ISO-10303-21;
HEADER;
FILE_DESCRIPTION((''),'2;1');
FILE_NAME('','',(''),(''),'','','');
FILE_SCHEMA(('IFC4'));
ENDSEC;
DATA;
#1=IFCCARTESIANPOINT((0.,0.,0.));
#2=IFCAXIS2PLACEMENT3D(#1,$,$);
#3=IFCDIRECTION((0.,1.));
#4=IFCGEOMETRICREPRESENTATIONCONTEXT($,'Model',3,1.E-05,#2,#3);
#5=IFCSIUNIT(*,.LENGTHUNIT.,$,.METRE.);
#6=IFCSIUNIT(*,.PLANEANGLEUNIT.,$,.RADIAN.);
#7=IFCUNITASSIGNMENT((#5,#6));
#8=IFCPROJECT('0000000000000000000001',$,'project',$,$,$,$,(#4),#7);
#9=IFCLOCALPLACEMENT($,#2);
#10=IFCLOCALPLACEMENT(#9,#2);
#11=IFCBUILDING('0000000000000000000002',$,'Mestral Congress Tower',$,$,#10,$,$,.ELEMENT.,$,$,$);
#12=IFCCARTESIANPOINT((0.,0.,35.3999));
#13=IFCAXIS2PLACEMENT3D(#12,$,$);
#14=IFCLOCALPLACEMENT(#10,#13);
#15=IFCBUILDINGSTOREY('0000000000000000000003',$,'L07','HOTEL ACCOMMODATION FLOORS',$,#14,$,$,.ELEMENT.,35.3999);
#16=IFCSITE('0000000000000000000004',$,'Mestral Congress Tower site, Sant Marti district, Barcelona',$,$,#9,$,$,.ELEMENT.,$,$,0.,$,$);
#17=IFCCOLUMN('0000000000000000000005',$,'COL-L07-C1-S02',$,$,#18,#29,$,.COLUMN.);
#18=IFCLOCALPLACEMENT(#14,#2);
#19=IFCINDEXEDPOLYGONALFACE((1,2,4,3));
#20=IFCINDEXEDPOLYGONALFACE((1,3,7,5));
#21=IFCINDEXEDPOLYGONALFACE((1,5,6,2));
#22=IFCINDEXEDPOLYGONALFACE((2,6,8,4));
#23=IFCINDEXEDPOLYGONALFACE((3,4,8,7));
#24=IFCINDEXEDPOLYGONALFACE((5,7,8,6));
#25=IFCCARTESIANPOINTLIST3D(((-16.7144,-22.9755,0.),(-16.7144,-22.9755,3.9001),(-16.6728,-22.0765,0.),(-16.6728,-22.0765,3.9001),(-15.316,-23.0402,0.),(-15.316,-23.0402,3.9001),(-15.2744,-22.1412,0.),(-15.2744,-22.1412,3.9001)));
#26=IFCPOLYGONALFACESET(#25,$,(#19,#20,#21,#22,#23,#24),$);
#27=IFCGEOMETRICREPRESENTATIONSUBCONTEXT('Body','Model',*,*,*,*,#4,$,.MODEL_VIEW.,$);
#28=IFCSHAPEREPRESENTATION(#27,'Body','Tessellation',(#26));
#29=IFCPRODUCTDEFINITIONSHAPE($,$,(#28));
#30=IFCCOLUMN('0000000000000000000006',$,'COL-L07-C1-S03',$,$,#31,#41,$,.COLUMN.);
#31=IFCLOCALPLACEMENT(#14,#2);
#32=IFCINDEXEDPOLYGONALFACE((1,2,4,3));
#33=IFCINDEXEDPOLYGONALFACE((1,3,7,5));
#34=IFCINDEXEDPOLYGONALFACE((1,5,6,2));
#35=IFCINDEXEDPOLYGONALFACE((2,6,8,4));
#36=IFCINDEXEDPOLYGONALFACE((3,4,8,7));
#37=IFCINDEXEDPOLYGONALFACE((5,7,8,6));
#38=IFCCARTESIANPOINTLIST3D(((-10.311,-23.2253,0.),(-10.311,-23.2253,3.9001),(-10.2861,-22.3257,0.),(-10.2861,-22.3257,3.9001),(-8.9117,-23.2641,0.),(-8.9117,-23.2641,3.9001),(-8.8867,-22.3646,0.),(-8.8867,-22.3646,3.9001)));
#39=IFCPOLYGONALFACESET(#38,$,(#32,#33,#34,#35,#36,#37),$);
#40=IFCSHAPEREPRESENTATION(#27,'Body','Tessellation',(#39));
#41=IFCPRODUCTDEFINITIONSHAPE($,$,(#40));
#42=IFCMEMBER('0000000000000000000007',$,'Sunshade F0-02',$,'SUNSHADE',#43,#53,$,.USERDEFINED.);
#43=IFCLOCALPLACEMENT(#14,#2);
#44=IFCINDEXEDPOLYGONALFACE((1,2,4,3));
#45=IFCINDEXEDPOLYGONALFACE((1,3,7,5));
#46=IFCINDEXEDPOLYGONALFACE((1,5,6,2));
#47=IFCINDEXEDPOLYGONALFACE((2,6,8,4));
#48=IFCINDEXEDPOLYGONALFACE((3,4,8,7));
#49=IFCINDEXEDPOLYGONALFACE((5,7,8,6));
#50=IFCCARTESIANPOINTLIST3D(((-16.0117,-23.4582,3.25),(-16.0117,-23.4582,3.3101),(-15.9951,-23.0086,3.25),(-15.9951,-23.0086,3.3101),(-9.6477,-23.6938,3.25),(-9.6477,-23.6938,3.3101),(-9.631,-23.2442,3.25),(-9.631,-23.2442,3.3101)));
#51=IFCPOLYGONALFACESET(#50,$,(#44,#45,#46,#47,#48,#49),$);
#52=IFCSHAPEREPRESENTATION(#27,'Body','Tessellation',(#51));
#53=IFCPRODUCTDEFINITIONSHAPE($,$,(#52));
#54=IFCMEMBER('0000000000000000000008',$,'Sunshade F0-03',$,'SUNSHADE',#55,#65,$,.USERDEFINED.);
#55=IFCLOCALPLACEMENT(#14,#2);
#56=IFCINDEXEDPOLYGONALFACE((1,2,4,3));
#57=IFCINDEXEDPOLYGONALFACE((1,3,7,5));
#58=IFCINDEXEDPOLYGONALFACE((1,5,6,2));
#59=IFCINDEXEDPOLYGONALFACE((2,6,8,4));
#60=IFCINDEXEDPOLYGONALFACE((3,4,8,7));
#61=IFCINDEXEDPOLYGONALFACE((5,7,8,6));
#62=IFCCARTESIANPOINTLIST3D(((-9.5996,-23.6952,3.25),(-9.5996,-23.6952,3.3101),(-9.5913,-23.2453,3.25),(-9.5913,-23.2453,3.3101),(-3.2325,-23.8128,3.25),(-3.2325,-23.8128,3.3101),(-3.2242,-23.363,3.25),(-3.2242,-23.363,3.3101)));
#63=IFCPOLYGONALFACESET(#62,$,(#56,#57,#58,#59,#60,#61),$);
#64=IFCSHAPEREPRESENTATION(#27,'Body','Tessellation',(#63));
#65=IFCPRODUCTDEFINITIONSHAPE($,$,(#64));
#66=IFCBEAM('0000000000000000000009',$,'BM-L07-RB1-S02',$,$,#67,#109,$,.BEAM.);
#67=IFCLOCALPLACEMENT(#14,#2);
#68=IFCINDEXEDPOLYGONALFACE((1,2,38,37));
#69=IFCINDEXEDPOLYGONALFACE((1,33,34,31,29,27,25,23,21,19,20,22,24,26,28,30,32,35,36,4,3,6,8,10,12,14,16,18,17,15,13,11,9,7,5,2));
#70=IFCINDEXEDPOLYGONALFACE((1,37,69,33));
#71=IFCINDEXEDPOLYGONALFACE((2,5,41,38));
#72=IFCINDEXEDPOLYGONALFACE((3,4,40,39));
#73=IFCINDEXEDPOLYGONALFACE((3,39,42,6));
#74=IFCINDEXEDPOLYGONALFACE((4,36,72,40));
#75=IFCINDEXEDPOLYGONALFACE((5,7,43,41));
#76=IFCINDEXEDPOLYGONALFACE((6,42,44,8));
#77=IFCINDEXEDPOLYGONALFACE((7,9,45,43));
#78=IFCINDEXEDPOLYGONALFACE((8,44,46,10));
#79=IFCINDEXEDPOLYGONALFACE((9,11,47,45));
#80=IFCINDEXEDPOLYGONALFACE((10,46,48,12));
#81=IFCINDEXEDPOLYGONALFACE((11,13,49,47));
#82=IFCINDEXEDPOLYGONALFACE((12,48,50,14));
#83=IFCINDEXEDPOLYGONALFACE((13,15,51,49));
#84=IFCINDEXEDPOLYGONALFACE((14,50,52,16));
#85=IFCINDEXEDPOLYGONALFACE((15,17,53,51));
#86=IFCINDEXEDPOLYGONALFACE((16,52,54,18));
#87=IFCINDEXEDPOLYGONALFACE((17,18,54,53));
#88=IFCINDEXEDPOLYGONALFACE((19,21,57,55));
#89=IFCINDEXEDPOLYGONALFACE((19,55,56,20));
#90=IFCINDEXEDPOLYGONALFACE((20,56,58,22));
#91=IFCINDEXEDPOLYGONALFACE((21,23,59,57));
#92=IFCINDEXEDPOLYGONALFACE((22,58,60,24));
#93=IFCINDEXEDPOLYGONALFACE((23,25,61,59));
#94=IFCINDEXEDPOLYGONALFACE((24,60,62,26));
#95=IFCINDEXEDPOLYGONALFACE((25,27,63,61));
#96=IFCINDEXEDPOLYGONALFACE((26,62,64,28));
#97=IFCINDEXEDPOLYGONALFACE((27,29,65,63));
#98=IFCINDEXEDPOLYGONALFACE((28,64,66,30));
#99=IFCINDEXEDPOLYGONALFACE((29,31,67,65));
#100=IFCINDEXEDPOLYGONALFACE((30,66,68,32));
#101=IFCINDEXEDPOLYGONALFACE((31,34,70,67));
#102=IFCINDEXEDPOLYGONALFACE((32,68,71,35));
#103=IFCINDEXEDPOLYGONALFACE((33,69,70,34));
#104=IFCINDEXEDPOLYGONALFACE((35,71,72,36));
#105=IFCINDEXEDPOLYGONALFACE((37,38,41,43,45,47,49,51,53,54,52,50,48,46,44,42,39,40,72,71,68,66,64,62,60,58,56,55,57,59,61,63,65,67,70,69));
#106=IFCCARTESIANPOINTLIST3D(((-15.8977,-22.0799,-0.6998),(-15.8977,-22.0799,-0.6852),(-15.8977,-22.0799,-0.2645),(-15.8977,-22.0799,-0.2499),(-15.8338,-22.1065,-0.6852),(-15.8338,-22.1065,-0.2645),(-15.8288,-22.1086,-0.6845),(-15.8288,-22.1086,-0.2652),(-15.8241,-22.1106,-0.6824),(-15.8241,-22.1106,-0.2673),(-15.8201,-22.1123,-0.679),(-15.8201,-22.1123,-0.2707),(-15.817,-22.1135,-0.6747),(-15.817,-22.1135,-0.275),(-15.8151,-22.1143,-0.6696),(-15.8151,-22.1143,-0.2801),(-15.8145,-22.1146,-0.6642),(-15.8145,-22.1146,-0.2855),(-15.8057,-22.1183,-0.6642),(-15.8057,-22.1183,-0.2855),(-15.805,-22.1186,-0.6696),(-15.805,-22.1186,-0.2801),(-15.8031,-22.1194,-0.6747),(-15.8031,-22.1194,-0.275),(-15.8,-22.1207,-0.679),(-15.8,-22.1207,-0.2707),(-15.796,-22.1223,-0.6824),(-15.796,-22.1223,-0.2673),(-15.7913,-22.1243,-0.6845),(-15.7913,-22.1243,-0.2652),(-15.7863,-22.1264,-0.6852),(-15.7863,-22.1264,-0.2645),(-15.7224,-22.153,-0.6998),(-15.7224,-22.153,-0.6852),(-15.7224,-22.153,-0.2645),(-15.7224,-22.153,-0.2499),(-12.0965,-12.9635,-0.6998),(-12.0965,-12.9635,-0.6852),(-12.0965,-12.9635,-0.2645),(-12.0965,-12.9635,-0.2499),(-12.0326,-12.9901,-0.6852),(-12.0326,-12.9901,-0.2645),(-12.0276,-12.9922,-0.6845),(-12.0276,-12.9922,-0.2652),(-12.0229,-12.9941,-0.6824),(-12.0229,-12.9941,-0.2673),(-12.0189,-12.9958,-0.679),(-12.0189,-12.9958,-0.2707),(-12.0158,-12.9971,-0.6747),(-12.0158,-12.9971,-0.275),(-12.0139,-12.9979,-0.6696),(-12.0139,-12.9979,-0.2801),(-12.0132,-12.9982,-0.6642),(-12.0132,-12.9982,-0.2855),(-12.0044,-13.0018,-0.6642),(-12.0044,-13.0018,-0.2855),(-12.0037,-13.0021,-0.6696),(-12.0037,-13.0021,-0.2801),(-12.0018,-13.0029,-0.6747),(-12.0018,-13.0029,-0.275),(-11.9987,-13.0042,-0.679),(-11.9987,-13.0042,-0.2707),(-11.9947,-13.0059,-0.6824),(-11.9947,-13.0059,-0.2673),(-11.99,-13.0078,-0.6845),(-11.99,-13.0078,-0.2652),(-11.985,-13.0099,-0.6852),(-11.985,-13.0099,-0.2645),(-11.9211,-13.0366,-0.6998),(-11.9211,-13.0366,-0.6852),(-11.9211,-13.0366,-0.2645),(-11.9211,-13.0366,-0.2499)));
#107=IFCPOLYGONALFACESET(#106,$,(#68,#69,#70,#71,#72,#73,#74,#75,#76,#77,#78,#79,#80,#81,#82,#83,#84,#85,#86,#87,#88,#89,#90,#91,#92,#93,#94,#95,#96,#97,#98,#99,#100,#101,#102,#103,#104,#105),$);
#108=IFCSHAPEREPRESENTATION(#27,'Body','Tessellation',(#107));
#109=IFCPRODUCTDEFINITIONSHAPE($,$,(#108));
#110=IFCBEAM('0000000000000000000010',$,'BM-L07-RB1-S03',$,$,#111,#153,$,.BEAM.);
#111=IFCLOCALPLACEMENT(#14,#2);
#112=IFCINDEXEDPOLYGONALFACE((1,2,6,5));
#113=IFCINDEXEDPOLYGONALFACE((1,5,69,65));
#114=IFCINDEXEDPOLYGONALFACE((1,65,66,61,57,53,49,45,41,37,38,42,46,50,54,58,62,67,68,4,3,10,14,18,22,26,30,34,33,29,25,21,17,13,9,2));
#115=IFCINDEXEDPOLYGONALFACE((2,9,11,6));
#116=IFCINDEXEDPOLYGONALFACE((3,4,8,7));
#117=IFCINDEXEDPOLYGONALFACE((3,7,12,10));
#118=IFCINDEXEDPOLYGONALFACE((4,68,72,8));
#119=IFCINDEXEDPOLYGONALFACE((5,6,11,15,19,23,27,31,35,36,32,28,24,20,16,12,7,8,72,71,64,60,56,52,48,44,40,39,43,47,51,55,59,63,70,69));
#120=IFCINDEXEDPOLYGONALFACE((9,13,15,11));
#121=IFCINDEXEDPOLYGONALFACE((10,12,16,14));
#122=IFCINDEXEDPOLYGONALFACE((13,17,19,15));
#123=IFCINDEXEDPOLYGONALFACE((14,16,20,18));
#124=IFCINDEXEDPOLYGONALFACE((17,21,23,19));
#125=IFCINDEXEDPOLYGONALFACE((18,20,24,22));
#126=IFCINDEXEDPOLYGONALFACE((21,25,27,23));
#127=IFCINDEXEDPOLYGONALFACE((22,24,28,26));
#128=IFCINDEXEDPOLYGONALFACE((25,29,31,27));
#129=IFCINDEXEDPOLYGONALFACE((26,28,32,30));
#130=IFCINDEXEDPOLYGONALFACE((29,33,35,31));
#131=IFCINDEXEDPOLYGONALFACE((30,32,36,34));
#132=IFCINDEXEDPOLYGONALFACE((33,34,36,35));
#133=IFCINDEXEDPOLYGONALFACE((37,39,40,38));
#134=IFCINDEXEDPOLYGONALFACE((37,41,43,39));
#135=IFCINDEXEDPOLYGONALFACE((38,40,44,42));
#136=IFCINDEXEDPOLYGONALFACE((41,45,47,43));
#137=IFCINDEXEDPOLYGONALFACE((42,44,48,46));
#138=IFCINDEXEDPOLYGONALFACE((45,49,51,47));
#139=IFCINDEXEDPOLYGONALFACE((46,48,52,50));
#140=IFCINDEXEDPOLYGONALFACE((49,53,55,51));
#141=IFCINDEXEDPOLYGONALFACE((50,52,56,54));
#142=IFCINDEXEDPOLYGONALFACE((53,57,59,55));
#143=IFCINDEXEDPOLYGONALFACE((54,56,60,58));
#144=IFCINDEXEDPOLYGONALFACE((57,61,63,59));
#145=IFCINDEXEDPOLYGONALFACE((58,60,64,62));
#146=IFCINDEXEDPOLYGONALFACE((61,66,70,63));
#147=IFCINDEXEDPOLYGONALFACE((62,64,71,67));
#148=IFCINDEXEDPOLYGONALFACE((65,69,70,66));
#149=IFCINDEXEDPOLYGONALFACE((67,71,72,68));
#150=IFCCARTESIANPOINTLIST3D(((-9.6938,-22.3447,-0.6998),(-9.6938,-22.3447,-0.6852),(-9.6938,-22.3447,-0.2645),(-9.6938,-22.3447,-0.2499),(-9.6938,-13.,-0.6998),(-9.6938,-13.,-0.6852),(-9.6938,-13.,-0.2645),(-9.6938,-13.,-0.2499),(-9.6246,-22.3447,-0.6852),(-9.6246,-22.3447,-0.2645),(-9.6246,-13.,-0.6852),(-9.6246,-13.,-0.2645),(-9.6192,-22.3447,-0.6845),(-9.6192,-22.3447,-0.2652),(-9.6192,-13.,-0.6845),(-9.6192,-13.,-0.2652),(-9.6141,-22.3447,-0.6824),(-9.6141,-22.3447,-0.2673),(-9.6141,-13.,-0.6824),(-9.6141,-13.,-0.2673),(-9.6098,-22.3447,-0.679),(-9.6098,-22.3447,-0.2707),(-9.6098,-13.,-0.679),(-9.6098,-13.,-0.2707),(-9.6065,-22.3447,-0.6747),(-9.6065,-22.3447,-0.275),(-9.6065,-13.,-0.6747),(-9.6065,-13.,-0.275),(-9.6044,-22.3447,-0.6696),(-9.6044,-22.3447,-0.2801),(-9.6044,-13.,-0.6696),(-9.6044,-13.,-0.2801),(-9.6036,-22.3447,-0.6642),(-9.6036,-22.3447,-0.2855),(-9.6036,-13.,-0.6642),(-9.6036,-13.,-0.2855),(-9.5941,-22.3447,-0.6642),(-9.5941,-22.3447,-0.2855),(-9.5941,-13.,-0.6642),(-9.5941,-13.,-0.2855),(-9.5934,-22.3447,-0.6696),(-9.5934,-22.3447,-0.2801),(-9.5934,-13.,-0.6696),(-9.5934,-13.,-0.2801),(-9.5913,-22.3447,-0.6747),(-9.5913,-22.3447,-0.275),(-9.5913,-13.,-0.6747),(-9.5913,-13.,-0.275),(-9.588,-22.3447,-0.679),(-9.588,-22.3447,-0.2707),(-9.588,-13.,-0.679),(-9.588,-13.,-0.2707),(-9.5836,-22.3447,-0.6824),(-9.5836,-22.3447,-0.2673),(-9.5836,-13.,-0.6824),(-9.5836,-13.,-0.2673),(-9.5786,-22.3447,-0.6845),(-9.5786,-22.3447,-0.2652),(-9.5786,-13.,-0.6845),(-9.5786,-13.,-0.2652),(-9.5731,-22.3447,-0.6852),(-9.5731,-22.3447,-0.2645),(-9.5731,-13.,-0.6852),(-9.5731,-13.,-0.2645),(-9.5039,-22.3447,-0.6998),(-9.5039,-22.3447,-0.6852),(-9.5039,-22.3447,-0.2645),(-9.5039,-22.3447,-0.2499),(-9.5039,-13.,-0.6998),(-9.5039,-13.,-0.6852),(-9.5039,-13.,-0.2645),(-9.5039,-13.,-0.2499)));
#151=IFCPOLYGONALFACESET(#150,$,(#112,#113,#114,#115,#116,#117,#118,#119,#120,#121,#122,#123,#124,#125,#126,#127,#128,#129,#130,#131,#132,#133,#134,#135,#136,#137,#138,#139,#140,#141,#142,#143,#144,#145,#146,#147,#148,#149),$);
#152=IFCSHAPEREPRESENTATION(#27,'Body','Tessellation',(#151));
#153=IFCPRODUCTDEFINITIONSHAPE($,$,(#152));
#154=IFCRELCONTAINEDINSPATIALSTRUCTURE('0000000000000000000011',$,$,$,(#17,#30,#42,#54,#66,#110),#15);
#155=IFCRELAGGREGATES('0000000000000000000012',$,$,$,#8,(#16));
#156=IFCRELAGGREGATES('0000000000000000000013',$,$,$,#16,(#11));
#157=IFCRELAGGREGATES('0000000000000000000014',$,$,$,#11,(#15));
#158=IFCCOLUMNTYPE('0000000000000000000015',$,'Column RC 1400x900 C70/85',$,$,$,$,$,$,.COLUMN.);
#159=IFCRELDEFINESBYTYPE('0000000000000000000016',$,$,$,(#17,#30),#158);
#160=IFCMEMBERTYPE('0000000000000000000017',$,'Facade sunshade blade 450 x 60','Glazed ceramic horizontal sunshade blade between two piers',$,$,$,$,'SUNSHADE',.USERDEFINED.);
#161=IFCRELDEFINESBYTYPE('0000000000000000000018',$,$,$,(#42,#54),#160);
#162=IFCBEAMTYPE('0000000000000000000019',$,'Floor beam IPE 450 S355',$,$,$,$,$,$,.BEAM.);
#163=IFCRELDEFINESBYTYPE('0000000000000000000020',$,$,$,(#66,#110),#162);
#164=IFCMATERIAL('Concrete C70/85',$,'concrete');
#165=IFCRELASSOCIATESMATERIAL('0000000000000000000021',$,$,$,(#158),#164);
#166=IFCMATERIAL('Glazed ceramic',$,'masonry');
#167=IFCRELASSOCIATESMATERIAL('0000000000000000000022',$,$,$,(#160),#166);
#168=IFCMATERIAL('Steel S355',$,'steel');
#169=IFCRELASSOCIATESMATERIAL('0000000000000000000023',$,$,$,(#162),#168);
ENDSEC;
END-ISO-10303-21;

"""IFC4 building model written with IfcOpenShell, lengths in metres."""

from ifc_helpers import new_model, si_unit, direction, frame, origin, origin_2d, place, context, subcontext, project, spatial, rectangle, i_section, extrude, material, material_profile, profile_set, type_object, element, save


model = new_model("IFC4")

# Units and contexts
model_context = context("Model", 3, precision=1e-05, world=origin(), true_north=direction((0.0, 1.0)))
body_context = subcontext(model_context, "Body", "Model", "MODEL_VIEW")
ifc_project = project(units=[si_unit("LENGTHUNIT", "METRE"), si_unit("PLANEANGLEUNIT", "RADIAN")], contexts=[model_context])

# Site, building, storey
site_placement = place(None, origin())
site = spatial("IfcSite", under=ifc_project, at=site_placement, Name="Mestral Congress Tower site, Sant Marti district, Barcelona", CompositionType="ELEMENT", RefElevation=0.0)
building_placement = place(site_placement, origin())
building = spatial("IfcBuilding", under=site, at=building_placement, Name="Mestral Congress Tower", CompositionType="ELEMENT")
storey_placement = place(building_placement, frame((0.0, 0.0, 35.3999)))
storey = spatial("IfcBuildingStorey", under=building, at=storey_placement, Name="L07", Description="HOTEL ACCOMMODATION FLOORS", CompositionType="ELEMENT", Elevation=35.3999)

# Columns
ifc_material_1 = material(Name="Concrete C70/85", Category="concrete")
ifc_material_profile_1 = material_profile(ifc_material_1, rectangle(XDim=1.3999, YDim=0.8999, at=origin_2d()), Name="RC 1400x900")
ifc_profile_set_1 = profile_set([ifc_material_profile_1], Name="Concrete C70/85")
column_type = type_object("IfcColumnType", Name="Column RC 1400x900 C70/85", PredefinedType="COLUMN", material=ifc_profile_set_1)
for number, where, z_axis, x_axis, name in (
    (1, (-15.9944, -22.5583, 0.0), (0.0, 0.0, 1.0), (0.998932, -0.0462, 0.0), "COL-L07-C1-S02"),
    (2, (-9.5989, -22.7949, 0.0), (0.0, 0.0, 1.0), (0.999616, -0.027726, 0.0), "COL-L07-C1-S03"),
):
    element("IfcColumn", number, at=place(storey_placement, frame(where, z_axis=z_axis, x_axis=x_axis)), inside=storey, type_object=column_type, Name=name, PredefinedType="COLUMN", context=body_context, shape_type="SweptSolid", body=[
        extrude(rectangle(XDim=1.3999, YDim=0.8999, at=origin_2d()), origin(), (0.0, 0.0, 1.0), 3.9001),
    ])

# Members
ifc_material_2 = material(Name="Glazed ceramic", Category="masonry")
ifc_material_profile_2 = material_profile(ifc_material_2, rectangle(XDim=0.45, YDim=0.0601, at=origin_2d()), Name="Ceramic blade 450 x 60")
ifc_profile_set_2 = profile_set([ifc_material_profile_2], Name="Glazed ceramic")
member_type = type_object("IfcMemberType", Name="Facade sunshade blade 450 x 60", Description="Glazed ceramic horizontal sunshade blade between two piers", ElementType="SUNSHADE", PredefinedType="USERDEFINED", material=ifc_profile_set_2)
member_1_placement = place(storey_placement, frame((-16.0034, -23.2334, 3.28), z_axis=(0.999315, -0.036995, 0.0), x_axis=(0.036995, 0.999315, 0.0)))
element("IfcMember", 3, at=member_1_placement, inside=storey, type_object=member_type, Name="Sunshade F0-02", ObjectType="SUNSHADE", PredefinedType="USERDEFINED", context=body_context, shape_type="SweptSolid", body=[
    extrude(rectangle(XDim=0.45, YDim=0.0601, at=origin_2d()), origin(), (0.0, 0.0, 1.0), 6.3684),
])
member_2_placement = place(storey_placement, frame((-9.5955, -23.4702, 3.28), z_axis=(0.999829, -0.018478, 0.0), x_axis=(0.018478, 0.999829, 0.0)))
element("IfcMember", 4, at=member_2_placement, inside=storey, type_object=member_type, Name="Sunshade F0-03", ObjectType="SUNSHADE", PredefinedType="USERDEFINED", context=body_context, shape_type="SweptSolid", body=[
    extrude(rectangle(XDim=0.45, YDim=0.0601, at=origin_2d()), origin(), (0.0, 0.0, 1.0), 6.3682),
])

# Beams
ifc_material_3 = material(Name="Steel S355", Category="steel")
ifc_material_profile_3 = material_profile(ifc_material_3, i_section(OverallWidth=0.1899, OverallDepth=0.45, WebThickness=0.0095, FlangeThickness=0.0146, FilletRadius=0.021, at=origin_2d()), Name="IPE 450")
ifc_profile_set_3 = profile_set([ifc_material_profile_3], Name="Steel S355")
beam_type_1 = type_object("IfcBeamType", Name="Floor beam IPE 450 S355", PredefinedType="BEAM", material=ifc_profile_set_3)
beam_1_placement = place(storey_placement, frame((-15.8101, -22.1165, -0.4749), z_axis=(0.384852, 0.922978, 0.0), x_axis=(-0.922978, 0.384852, 0.0)))
element("IfcBeam", 5, at=beam_1_placement, inside=storey, type_object=beam_type_1, Name="BM-L07-RB1-S02", PredefinedType="BEAM", context=body_context, shape_type="SweptSolid", body=[
    extrude(i_section(OverallWidth=0.1899, OverallDepth=0.45, WebThickness=0.0095, FlangeThickness=0.0146, FilletRadius=0.021, at=origin_2d()), origin(), (0.0, 0.0, 1.0), 9.8772),
])
beam_2_placement = place(storey_placement, frame((-9.5989, -22.3447, -0.4749), z_axis=(0.0, 1.0, 0.0), x_axis=(-1.0, 0.0, 0.0)))
element("IfcBeam", 6, at=beam_2_placement, inside=storey, type_object=beam_type_1, Name="BM-L07-RB1-S03", PredefinedType="BEAM", context=body_context, shape_type="SweptSolid", body=[
    extrude(i_section(OverallWidth=0.1899, OverallDepth=0.45, WebThickness=0.0095, FlangeThickness=0.0146, FilletRadius=0.021, at=origin_2d()), origin(), (0.0, 0.0, 1.0), 9.3447),
])

save(model, "model.ifc")
